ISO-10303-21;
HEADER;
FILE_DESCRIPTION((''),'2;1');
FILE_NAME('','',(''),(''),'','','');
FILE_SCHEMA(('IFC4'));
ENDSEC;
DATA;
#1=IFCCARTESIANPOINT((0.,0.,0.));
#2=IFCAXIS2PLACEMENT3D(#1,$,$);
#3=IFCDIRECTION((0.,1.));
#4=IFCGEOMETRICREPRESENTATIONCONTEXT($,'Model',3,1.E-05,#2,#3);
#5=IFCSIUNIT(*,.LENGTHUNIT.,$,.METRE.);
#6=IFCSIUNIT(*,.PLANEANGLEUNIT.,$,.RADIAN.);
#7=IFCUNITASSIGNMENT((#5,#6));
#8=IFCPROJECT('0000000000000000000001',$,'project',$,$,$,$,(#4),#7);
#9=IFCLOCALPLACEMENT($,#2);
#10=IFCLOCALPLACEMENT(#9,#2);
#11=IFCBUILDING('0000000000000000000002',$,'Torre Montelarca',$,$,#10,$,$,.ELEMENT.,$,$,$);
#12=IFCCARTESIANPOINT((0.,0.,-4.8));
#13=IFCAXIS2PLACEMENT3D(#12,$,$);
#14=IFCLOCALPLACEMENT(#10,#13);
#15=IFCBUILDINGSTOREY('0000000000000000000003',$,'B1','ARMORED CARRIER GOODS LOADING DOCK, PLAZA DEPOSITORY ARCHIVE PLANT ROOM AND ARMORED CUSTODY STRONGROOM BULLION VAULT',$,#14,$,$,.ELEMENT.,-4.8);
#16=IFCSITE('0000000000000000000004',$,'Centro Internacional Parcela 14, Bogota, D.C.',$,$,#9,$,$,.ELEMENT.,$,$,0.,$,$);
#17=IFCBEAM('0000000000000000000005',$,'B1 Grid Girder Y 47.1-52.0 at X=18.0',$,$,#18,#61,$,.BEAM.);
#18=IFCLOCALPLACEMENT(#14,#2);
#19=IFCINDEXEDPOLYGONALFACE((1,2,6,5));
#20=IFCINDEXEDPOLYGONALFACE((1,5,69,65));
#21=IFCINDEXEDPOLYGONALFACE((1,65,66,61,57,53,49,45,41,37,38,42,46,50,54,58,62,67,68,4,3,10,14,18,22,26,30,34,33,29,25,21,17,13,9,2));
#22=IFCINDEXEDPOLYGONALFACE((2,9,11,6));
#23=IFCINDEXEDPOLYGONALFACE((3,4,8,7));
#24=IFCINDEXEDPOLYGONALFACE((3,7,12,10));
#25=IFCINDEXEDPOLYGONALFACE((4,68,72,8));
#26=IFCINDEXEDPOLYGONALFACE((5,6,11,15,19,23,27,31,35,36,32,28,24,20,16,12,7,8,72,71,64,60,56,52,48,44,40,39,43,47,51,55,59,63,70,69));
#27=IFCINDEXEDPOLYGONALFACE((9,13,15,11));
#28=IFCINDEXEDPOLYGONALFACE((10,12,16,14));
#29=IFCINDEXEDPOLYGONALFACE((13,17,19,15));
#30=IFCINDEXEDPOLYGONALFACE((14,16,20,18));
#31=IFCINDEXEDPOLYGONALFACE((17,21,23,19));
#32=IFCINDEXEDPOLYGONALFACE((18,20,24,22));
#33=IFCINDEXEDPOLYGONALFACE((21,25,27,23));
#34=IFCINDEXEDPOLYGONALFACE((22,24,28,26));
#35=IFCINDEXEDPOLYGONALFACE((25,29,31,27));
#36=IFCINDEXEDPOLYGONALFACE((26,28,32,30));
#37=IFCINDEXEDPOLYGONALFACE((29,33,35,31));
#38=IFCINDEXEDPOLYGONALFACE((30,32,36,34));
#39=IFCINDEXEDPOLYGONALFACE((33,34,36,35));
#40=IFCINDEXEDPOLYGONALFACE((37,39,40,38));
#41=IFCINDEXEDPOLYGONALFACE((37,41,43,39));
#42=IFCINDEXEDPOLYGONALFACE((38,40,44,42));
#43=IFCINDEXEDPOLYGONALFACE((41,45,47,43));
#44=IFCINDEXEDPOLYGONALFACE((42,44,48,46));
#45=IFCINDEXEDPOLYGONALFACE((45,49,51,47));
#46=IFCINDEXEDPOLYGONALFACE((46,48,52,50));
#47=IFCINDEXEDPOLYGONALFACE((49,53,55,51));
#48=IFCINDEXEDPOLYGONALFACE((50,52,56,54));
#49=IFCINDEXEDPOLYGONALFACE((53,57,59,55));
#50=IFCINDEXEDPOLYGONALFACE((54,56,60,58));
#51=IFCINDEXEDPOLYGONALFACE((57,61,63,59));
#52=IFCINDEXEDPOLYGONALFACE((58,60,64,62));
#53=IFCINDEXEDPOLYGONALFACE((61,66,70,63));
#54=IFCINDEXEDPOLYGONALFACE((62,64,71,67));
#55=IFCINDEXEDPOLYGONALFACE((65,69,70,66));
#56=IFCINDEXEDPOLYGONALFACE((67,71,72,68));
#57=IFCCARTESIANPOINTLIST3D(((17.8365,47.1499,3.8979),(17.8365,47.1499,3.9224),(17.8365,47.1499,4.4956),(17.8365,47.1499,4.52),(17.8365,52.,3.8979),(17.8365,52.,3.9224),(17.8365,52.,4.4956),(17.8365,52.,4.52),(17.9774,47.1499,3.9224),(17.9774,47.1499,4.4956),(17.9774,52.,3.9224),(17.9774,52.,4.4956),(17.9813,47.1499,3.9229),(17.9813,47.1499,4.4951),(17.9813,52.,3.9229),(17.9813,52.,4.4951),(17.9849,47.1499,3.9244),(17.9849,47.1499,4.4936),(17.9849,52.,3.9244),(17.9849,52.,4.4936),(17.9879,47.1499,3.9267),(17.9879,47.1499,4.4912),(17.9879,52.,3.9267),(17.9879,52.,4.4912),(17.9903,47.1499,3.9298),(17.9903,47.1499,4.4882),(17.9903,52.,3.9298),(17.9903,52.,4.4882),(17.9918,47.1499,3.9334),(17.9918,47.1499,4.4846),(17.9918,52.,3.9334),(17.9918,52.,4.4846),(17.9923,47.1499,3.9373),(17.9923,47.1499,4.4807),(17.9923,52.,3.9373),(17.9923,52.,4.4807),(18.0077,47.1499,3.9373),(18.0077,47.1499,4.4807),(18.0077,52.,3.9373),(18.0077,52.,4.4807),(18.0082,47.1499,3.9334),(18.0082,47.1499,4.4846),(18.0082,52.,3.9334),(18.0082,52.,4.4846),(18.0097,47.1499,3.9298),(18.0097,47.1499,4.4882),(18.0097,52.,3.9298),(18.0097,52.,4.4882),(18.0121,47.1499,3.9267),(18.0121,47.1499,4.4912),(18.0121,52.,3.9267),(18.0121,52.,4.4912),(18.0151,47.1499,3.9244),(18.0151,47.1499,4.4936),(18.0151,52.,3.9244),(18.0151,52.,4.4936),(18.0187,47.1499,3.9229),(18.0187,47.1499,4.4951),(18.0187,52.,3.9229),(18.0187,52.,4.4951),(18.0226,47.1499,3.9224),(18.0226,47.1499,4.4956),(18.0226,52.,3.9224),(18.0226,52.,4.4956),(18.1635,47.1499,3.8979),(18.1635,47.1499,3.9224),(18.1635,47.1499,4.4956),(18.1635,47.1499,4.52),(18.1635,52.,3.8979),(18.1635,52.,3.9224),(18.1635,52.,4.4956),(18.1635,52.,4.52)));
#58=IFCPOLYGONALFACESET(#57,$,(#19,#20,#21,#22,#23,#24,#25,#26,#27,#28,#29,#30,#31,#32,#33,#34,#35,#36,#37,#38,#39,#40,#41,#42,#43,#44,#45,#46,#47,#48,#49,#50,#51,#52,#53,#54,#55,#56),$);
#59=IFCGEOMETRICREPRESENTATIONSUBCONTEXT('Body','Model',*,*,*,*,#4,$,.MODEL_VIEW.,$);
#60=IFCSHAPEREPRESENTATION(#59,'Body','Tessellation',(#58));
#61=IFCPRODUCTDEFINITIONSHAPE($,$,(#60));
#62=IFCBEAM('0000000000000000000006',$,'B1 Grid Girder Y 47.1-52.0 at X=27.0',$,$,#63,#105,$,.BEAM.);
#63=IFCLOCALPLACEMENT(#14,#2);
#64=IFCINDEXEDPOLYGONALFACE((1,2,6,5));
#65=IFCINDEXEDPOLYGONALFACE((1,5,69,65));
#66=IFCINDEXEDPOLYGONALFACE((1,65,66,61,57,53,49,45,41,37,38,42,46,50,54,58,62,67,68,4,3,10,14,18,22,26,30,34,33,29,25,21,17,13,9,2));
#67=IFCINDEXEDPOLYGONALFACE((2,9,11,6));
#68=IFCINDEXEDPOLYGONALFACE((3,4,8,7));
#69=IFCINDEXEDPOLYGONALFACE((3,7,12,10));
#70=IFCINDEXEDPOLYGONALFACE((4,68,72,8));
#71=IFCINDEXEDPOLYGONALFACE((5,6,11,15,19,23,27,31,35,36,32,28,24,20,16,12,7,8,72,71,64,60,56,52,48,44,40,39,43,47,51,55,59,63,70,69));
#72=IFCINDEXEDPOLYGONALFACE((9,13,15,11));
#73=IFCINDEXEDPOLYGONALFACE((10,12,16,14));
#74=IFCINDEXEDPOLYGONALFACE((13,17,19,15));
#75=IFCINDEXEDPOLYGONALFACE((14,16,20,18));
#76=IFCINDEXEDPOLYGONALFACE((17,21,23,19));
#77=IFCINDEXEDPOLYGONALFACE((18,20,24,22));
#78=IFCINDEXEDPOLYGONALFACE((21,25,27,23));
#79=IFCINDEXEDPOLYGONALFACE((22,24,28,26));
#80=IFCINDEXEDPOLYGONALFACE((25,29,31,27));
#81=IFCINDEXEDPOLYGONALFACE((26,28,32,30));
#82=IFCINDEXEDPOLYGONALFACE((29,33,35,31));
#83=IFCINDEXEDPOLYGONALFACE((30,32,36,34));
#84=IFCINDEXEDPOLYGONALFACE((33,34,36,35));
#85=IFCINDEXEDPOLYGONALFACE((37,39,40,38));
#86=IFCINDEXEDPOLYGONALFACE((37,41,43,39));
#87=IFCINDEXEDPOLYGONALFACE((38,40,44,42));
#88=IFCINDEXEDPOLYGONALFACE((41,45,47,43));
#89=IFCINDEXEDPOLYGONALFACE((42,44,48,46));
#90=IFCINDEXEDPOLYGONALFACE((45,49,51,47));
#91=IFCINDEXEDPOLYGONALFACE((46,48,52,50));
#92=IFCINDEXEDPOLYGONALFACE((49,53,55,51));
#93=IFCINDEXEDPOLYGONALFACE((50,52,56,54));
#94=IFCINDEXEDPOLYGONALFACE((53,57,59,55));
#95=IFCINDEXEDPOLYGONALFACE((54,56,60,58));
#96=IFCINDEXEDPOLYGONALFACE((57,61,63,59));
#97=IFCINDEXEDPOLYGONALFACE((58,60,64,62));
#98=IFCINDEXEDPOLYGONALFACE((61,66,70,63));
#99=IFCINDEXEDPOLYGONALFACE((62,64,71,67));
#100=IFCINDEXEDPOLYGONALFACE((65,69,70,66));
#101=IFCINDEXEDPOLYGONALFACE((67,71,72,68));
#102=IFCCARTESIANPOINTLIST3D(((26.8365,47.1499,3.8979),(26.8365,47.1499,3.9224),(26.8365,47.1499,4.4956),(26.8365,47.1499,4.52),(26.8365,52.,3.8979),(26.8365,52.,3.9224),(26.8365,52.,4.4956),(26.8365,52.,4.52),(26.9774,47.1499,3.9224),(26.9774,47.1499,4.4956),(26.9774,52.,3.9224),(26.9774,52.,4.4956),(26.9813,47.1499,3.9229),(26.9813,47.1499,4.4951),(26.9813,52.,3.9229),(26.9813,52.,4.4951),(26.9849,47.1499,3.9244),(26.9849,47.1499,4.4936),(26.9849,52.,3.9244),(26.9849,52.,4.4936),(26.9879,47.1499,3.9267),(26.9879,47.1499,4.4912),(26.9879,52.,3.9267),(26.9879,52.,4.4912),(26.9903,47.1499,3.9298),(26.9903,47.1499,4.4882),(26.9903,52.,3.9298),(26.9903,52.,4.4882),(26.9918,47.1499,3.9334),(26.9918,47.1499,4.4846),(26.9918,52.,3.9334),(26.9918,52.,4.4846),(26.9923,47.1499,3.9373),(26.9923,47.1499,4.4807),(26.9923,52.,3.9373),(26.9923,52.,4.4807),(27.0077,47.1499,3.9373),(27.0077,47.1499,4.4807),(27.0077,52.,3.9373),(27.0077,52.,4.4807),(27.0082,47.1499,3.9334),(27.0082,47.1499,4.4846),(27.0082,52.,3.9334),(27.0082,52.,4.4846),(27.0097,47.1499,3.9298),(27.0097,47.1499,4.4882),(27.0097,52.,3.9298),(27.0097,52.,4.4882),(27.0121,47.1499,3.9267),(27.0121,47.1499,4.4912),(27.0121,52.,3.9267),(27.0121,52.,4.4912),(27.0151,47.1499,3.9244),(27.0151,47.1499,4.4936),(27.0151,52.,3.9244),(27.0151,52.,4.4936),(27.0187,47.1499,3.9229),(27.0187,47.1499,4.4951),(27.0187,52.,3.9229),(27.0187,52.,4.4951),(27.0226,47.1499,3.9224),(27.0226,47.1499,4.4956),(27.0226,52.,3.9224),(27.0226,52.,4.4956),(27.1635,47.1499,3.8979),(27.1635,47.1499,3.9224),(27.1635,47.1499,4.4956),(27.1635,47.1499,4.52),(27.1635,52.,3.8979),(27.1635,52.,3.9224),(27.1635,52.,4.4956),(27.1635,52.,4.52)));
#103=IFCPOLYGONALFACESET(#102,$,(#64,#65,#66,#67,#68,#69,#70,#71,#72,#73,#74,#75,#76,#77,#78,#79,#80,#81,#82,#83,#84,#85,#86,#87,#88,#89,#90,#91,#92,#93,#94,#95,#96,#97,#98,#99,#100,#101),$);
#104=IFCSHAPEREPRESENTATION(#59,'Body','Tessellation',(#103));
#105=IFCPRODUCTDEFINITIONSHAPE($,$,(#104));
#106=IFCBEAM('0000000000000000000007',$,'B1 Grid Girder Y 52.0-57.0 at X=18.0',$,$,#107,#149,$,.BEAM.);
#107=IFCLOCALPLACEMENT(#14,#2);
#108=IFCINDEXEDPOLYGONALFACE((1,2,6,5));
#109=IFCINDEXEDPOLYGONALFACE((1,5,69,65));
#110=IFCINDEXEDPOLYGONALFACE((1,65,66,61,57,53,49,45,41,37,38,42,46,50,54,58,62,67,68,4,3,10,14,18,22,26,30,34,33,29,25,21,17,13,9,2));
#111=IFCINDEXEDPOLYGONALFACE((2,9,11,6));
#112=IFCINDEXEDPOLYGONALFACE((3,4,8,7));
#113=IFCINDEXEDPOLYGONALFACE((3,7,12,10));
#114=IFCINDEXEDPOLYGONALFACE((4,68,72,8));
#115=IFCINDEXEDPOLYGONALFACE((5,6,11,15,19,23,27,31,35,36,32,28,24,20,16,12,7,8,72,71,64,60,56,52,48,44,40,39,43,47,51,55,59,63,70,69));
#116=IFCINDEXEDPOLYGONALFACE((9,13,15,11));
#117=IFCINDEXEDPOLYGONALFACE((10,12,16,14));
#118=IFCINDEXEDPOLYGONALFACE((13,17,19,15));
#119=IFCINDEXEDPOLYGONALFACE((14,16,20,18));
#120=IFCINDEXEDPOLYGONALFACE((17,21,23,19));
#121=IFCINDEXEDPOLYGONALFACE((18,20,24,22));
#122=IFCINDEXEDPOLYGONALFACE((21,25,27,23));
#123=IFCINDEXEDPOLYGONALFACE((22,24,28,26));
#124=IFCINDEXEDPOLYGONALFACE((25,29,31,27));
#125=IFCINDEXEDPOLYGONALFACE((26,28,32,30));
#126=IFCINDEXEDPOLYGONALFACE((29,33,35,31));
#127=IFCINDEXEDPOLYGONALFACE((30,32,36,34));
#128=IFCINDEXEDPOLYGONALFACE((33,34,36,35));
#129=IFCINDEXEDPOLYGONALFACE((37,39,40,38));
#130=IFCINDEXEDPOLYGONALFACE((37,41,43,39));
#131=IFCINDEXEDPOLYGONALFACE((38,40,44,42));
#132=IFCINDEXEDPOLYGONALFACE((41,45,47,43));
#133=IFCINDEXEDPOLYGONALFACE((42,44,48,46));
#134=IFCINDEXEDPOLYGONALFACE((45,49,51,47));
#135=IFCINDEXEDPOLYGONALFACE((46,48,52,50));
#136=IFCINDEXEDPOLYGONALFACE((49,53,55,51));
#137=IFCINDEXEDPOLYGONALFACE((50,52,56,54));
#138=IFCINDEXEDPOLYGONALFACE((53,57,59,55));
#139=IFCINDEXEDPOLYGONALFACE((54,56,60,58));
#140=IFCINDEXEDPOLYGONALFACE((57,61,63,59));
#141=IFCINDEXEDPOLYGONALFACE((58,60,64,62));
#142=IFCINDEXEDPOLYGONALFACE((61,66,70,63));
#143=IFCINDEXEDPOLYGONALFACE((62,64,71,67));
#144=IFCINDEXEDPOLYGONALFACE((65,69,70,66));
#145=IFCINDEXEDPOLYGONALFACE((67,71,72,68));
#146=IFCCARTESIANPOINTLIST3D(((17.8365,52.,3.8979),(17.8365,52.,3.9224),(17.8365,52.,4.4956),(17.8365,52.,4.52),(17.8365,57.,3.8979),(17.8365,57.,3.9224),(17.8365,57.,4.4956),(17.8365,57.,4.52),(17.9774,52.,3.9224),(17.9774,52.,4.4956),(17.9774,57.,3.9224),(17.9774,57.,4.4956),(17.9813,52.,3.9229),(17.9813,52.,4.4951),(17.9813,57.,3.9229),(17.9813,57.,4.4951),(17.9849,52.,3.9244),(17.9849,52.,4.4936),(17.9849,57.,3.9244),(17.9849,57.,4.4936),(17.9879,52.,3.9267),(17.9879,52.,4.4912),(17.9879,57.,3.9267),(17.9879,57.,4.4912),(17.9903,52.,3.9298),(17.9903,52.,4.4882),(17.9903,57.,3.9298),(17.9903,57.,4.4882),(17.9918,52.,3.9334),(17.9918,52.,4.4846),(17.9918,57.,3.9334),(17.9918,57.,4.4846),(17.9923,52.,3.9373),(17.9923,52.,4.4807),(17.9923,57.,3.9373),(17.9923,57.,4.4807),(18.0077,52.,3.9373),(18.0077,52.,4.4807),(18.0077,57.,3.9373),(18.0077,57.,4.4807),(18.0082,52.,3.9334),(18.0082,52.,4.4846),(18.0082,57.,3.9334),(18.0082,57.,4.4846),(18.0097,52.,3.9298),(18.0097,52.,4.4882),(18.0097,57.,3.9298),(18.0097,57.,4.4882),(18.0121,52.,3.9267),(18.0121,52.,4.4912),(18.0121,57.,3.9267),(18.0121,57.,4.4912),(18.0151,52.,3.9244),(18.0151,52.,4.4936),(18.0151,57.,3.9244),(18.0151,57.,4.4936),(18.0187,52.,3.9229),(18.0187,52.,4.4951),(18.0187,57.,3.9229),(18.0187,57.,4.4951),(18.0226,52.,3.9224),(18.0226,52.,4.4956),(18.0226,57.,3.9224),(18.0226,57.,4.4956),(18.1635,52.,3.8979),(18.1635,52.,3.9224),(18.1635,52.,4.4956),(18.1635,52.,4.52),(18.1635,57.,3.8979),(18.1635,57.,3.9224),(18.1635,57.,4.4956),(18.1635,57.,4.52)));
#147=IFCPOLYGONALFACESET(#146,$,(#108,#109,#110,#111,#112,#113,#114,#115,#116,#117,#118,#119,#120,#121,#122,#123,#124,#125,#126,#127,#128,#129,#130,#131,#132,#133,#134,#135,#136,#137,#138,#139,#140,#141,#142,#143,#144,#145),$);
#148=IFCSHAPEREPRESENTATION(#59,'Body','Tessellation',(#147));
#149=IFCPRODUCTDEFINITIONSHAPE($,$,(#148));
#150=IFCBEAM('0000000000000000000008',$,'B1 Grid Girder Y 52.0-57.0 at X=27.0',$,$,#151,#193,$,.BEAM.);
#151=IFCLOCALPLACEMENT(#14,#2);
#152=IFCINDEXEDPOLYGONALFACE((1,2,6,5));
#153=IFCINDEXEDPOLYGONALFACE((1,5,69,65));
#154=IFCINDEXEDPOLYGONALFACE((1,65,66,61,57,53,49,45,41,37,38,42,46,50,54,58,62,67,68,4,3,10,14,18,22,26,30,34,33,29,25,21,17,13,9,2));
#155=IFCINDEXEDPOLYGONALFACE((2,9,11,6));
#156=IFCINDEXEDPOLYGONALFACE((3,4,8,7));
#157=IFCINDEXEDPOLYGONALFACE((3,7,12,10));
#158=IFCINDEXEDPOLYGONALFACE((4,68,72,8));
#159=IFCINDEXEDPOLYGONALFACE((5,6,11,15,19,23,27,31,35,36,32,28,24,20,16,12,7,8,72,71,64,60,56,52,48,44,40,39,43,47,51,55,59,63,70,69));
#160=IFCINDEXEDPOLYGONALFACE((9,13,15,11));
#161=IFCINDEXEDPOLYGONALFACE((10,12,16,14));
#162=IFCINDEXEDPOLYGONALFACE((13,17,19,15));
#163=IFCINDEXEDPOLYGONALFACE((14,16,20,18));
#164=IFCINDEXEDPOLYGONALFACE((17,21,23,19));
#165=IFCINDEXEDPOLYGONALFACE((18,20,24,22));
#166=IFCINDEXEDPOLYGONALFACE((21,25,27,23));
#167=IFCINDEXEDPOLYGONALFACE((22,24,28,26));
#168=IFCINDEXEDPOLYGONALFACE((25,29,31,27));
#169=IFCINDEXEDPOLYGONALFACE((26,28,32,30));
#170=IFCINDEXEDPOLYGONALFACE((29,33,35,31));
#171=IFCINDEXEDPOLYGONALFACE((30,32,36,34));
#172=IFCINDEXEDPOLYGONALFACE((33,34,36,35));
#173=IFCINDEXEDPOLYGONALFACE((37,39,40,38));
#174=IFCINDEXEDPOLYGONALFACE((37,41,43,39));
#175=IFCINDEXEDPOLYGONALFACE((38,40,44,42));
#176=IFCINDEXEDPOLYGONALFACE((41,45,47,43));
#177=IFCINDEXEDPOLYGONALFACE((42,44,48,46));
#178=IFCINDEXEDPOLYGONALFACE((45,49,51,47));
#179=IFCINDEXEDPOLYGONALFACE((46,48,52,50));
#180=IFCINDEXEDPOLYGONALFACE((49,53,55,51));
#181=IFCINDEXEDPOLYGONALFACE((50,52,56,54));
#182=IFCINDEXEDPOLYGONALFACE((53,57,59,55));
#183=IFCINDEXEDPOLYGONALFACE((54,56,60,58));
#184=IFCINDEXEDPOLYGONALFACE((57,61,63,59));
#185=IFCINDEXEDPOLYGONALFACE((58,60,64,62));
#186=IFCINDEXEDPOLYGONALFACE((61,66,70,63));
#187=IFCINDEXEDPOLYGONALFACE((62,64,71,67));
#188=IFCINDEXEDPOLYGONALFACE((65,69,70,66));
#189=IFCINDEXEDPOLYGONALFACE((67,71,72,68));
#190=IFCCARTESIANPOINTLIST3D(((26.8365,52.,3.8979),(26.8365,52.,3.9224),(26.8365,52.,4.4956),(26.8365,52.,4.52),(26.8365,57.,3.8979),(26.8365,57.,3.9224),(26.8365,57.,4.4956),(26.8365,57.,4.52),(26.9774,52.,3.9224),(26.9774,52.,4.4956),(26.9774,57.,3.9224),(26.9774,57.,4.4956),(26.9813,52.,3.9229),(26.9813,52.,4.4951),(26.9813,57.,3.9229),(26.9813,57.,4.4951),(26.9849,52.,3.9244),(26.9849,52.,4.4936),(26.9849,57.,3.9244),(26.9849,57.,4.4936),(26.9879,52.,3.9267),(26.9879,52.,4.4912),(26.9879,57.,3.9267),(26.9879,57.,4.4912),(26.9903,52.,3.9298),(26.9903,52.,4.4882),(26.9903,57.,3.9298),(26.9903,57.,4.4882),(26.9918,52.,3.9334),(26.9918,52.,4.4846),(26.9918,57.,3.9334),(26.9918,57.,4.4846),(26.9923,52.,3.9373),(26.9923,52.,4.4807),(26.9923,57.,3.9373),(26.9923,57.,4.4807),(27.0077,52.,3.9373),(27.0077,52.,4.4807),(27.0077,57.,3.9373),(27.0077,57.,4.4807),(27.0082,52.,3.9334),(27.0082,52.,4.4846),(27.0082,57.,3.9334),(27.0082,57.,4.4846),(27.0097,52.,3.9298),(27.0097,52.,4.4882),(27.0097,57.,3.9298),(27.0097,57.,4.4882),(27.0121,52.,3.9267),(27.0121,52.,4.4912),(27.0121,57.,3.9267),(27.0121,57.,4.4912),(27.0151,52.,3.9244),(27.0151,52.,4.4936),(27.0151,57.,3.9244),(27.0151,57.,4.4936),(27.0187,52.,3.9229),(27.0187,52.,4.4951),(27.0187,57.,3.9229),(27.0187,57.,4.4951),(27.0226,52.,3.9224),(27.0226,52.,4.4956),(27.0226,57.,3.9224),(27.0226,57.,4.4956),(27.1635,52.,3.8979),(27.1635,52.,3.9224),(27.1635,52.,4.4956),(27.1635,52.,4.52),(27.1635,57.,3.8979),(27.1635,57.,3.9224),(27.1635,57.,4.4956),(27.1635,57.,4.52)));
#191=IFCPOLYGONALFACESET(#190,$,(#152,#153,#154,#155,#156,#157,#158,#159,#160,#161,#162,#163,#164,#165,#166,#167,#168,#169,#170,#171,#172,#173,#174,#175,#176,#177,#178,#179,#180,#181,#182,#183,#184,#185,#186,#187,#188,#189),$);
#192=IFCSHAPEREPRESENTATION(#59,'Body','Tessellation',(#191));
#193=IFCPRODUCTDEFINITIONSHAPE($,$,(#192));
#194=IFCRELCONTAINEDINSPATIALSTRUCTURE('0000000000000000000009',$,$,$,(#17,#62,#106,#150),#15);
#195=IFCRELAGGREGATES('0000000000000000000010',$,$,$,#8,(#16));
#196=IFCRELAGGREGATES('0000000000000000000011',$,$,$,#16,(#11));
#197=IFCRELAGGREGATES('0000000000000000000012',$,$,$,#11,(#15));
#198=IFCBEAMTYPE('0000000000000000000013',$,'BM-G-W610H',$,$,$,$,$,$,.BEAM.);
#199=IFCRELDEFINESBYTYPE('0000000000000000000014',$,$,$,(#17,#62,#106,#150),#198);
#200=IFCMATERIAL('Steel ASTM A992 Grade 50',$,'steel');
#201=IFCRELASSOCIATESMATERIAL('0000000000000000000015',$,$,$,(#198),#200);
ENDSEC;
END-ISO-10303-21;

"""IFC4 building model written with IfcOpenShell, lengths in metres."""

from ifc_helpers import new_model, si_unit, direction, frame, origin, origin_2d, place, context, subcontext, project, spatial, i_section, extrude, source, transform, mapped, material, material_profile, profile_set, type_object, element, save


model = new_model("IFC4")

# Units and contexts
model_context = context("Model", 3, precision=1e-05, world=origin(), true_north=direction((0.0, 1.0)))
body_context = subcontext(model_context, "Body", "Model", "MODEL_VIEW")
ifc_project = project(units=[si_unit("LENGTHUNIT", "METRE"), si_unit("PLANEANGLEUNIT", "RADIAN")], contexts=[model_context])

# Site, building, storey
site_placement = place(None, origin())
site = spatial("IfcSite", under=ifc_project, at=site_placement, Name="Centro Internacional Parcela 14, Bogota, D.C.", CompositionType="ELEMENT", RefElevation=0.0)
building_placement = place(site_placement, origin())
building = spatial("IfcBuilding", under=site, at=building_placement, Name="Torre Montelarca", CompositionType="ELEMENT")
storey_placement = place(building_placement, frame((0.0, 0.0, -4.8)))
storey = spatial("IfcBuildingStorey", under=building, at=storey_placement, Name="B1", Description="ARMORED CARRIER GOODS LOADING DOCK, PLAZA DEPOSITORY ARCHIVE PLANT ROOM AND ARMORED CUSTODY STRONGROOM BULLION VAULT", CompositionType="ELEMENT", Elevation=-4.8)

# Beams
ifc_material_1 = material(Name="Steel ASTM A992 Grade 50", Category="steel")
ifc_material_profile_1 = material_profile(ifc_material_1, i_section(OverallWidth=0.3269, OverallDepth=0.6221, WebThickness=0.0154, FlangeThickness=0.0244, FilletRadius=0.0149, at=origin_2d()), Name="W610X195", Category="steel")
ifc_profile_set_1 = profile_set([ifc_material_profile_1], Name="Steel ASTM A992 Grade 50")
beam_type_1 = type_object("IfcBeamType", Name="BM-G-W610H", PredefinedType="BEAM", material=ifc_profile_set_1)
shared_shape_1 = source(origin(), body_context, "Body", "SweptSolid", [
    extrude(i_section(OverallWidth=0.3269, OverallDepth=0.6221, WebThickness=0.0154, FlangeThickness=0.0244, FilletRadius=0.0149, at=origin_2d()), origin(), (0.0, 0.0, 1.0), 4.8501),
])
for number, where, z_axis, x_axis, name in (
    (1, (18.0, 47.1499, 4.209), (0.0, 1.0, 0.0), (-1.0, 0.0, 0.0), "B1 Grid Girder Y 47.1-52.0 at X=18.0"),
    (2, (27.0, 47.1499, 4.209), (0.0, 1.0, 0.0), (-1.0, 0.0, 0.0), "B1 Grid Girder Y 47.1-52.0 at X=27.0"),
):
    element("IfcBeam", number, at=place(storey_placement, frame(where, z_axis=z_axis, x_axis=x_axis)), inside=storey, type_object=beam_type_1, Name=name, PredefinedType="BEAM", context=body_context, shape_type="MappedRepresentation", body=[
        mapped(shared_shape_1, transform((0.0, 0.0, 0.0), scale=1.0)),
    ])
shared_shape_2 = source(origin(), body_context, "Body", "SweptSolid", [
    extrude(i_section(OverallWidth=0.3269, OverallDepth=0.6221, WebThickness=0.0154, FlangeThickness=0.0244, FilletRadius=0.0149, at=origin_2d()), origin(), (0.0, 0.0, 1.0), 5.0),
])
for number, where, z_axis, x_axis, name in (
    (3, (18.0, 52.0, 4.209), (0.0, 1.0, 0.0), (-1.0, 0.0, 0.0), "B1 Grid Girder Y 52.0-57.0 at X=18.0"),
    (4, (27.0, 52.0, 4.209), (0.0, 1.0, 0.0), (-1.0, 0.0, 0.0), "B1 Grid Girder Y 52.0-57.0 at X=27.0"),
):
    element("IfcBeam", number, at=place(storey_placement, frame(where, z_axis=z_axis, x_axis=x_axis)), inside=storey, type_object=beam_type_1, Name=name, PredefinedType="BEAM", context=body_context, shape_type="MappedRepresentation", body=[
        mapped(shared_shape_2, transform((0.0, 0.0, 0.0), scale=1.0)),
    ])

save(model, "model.ifc")
